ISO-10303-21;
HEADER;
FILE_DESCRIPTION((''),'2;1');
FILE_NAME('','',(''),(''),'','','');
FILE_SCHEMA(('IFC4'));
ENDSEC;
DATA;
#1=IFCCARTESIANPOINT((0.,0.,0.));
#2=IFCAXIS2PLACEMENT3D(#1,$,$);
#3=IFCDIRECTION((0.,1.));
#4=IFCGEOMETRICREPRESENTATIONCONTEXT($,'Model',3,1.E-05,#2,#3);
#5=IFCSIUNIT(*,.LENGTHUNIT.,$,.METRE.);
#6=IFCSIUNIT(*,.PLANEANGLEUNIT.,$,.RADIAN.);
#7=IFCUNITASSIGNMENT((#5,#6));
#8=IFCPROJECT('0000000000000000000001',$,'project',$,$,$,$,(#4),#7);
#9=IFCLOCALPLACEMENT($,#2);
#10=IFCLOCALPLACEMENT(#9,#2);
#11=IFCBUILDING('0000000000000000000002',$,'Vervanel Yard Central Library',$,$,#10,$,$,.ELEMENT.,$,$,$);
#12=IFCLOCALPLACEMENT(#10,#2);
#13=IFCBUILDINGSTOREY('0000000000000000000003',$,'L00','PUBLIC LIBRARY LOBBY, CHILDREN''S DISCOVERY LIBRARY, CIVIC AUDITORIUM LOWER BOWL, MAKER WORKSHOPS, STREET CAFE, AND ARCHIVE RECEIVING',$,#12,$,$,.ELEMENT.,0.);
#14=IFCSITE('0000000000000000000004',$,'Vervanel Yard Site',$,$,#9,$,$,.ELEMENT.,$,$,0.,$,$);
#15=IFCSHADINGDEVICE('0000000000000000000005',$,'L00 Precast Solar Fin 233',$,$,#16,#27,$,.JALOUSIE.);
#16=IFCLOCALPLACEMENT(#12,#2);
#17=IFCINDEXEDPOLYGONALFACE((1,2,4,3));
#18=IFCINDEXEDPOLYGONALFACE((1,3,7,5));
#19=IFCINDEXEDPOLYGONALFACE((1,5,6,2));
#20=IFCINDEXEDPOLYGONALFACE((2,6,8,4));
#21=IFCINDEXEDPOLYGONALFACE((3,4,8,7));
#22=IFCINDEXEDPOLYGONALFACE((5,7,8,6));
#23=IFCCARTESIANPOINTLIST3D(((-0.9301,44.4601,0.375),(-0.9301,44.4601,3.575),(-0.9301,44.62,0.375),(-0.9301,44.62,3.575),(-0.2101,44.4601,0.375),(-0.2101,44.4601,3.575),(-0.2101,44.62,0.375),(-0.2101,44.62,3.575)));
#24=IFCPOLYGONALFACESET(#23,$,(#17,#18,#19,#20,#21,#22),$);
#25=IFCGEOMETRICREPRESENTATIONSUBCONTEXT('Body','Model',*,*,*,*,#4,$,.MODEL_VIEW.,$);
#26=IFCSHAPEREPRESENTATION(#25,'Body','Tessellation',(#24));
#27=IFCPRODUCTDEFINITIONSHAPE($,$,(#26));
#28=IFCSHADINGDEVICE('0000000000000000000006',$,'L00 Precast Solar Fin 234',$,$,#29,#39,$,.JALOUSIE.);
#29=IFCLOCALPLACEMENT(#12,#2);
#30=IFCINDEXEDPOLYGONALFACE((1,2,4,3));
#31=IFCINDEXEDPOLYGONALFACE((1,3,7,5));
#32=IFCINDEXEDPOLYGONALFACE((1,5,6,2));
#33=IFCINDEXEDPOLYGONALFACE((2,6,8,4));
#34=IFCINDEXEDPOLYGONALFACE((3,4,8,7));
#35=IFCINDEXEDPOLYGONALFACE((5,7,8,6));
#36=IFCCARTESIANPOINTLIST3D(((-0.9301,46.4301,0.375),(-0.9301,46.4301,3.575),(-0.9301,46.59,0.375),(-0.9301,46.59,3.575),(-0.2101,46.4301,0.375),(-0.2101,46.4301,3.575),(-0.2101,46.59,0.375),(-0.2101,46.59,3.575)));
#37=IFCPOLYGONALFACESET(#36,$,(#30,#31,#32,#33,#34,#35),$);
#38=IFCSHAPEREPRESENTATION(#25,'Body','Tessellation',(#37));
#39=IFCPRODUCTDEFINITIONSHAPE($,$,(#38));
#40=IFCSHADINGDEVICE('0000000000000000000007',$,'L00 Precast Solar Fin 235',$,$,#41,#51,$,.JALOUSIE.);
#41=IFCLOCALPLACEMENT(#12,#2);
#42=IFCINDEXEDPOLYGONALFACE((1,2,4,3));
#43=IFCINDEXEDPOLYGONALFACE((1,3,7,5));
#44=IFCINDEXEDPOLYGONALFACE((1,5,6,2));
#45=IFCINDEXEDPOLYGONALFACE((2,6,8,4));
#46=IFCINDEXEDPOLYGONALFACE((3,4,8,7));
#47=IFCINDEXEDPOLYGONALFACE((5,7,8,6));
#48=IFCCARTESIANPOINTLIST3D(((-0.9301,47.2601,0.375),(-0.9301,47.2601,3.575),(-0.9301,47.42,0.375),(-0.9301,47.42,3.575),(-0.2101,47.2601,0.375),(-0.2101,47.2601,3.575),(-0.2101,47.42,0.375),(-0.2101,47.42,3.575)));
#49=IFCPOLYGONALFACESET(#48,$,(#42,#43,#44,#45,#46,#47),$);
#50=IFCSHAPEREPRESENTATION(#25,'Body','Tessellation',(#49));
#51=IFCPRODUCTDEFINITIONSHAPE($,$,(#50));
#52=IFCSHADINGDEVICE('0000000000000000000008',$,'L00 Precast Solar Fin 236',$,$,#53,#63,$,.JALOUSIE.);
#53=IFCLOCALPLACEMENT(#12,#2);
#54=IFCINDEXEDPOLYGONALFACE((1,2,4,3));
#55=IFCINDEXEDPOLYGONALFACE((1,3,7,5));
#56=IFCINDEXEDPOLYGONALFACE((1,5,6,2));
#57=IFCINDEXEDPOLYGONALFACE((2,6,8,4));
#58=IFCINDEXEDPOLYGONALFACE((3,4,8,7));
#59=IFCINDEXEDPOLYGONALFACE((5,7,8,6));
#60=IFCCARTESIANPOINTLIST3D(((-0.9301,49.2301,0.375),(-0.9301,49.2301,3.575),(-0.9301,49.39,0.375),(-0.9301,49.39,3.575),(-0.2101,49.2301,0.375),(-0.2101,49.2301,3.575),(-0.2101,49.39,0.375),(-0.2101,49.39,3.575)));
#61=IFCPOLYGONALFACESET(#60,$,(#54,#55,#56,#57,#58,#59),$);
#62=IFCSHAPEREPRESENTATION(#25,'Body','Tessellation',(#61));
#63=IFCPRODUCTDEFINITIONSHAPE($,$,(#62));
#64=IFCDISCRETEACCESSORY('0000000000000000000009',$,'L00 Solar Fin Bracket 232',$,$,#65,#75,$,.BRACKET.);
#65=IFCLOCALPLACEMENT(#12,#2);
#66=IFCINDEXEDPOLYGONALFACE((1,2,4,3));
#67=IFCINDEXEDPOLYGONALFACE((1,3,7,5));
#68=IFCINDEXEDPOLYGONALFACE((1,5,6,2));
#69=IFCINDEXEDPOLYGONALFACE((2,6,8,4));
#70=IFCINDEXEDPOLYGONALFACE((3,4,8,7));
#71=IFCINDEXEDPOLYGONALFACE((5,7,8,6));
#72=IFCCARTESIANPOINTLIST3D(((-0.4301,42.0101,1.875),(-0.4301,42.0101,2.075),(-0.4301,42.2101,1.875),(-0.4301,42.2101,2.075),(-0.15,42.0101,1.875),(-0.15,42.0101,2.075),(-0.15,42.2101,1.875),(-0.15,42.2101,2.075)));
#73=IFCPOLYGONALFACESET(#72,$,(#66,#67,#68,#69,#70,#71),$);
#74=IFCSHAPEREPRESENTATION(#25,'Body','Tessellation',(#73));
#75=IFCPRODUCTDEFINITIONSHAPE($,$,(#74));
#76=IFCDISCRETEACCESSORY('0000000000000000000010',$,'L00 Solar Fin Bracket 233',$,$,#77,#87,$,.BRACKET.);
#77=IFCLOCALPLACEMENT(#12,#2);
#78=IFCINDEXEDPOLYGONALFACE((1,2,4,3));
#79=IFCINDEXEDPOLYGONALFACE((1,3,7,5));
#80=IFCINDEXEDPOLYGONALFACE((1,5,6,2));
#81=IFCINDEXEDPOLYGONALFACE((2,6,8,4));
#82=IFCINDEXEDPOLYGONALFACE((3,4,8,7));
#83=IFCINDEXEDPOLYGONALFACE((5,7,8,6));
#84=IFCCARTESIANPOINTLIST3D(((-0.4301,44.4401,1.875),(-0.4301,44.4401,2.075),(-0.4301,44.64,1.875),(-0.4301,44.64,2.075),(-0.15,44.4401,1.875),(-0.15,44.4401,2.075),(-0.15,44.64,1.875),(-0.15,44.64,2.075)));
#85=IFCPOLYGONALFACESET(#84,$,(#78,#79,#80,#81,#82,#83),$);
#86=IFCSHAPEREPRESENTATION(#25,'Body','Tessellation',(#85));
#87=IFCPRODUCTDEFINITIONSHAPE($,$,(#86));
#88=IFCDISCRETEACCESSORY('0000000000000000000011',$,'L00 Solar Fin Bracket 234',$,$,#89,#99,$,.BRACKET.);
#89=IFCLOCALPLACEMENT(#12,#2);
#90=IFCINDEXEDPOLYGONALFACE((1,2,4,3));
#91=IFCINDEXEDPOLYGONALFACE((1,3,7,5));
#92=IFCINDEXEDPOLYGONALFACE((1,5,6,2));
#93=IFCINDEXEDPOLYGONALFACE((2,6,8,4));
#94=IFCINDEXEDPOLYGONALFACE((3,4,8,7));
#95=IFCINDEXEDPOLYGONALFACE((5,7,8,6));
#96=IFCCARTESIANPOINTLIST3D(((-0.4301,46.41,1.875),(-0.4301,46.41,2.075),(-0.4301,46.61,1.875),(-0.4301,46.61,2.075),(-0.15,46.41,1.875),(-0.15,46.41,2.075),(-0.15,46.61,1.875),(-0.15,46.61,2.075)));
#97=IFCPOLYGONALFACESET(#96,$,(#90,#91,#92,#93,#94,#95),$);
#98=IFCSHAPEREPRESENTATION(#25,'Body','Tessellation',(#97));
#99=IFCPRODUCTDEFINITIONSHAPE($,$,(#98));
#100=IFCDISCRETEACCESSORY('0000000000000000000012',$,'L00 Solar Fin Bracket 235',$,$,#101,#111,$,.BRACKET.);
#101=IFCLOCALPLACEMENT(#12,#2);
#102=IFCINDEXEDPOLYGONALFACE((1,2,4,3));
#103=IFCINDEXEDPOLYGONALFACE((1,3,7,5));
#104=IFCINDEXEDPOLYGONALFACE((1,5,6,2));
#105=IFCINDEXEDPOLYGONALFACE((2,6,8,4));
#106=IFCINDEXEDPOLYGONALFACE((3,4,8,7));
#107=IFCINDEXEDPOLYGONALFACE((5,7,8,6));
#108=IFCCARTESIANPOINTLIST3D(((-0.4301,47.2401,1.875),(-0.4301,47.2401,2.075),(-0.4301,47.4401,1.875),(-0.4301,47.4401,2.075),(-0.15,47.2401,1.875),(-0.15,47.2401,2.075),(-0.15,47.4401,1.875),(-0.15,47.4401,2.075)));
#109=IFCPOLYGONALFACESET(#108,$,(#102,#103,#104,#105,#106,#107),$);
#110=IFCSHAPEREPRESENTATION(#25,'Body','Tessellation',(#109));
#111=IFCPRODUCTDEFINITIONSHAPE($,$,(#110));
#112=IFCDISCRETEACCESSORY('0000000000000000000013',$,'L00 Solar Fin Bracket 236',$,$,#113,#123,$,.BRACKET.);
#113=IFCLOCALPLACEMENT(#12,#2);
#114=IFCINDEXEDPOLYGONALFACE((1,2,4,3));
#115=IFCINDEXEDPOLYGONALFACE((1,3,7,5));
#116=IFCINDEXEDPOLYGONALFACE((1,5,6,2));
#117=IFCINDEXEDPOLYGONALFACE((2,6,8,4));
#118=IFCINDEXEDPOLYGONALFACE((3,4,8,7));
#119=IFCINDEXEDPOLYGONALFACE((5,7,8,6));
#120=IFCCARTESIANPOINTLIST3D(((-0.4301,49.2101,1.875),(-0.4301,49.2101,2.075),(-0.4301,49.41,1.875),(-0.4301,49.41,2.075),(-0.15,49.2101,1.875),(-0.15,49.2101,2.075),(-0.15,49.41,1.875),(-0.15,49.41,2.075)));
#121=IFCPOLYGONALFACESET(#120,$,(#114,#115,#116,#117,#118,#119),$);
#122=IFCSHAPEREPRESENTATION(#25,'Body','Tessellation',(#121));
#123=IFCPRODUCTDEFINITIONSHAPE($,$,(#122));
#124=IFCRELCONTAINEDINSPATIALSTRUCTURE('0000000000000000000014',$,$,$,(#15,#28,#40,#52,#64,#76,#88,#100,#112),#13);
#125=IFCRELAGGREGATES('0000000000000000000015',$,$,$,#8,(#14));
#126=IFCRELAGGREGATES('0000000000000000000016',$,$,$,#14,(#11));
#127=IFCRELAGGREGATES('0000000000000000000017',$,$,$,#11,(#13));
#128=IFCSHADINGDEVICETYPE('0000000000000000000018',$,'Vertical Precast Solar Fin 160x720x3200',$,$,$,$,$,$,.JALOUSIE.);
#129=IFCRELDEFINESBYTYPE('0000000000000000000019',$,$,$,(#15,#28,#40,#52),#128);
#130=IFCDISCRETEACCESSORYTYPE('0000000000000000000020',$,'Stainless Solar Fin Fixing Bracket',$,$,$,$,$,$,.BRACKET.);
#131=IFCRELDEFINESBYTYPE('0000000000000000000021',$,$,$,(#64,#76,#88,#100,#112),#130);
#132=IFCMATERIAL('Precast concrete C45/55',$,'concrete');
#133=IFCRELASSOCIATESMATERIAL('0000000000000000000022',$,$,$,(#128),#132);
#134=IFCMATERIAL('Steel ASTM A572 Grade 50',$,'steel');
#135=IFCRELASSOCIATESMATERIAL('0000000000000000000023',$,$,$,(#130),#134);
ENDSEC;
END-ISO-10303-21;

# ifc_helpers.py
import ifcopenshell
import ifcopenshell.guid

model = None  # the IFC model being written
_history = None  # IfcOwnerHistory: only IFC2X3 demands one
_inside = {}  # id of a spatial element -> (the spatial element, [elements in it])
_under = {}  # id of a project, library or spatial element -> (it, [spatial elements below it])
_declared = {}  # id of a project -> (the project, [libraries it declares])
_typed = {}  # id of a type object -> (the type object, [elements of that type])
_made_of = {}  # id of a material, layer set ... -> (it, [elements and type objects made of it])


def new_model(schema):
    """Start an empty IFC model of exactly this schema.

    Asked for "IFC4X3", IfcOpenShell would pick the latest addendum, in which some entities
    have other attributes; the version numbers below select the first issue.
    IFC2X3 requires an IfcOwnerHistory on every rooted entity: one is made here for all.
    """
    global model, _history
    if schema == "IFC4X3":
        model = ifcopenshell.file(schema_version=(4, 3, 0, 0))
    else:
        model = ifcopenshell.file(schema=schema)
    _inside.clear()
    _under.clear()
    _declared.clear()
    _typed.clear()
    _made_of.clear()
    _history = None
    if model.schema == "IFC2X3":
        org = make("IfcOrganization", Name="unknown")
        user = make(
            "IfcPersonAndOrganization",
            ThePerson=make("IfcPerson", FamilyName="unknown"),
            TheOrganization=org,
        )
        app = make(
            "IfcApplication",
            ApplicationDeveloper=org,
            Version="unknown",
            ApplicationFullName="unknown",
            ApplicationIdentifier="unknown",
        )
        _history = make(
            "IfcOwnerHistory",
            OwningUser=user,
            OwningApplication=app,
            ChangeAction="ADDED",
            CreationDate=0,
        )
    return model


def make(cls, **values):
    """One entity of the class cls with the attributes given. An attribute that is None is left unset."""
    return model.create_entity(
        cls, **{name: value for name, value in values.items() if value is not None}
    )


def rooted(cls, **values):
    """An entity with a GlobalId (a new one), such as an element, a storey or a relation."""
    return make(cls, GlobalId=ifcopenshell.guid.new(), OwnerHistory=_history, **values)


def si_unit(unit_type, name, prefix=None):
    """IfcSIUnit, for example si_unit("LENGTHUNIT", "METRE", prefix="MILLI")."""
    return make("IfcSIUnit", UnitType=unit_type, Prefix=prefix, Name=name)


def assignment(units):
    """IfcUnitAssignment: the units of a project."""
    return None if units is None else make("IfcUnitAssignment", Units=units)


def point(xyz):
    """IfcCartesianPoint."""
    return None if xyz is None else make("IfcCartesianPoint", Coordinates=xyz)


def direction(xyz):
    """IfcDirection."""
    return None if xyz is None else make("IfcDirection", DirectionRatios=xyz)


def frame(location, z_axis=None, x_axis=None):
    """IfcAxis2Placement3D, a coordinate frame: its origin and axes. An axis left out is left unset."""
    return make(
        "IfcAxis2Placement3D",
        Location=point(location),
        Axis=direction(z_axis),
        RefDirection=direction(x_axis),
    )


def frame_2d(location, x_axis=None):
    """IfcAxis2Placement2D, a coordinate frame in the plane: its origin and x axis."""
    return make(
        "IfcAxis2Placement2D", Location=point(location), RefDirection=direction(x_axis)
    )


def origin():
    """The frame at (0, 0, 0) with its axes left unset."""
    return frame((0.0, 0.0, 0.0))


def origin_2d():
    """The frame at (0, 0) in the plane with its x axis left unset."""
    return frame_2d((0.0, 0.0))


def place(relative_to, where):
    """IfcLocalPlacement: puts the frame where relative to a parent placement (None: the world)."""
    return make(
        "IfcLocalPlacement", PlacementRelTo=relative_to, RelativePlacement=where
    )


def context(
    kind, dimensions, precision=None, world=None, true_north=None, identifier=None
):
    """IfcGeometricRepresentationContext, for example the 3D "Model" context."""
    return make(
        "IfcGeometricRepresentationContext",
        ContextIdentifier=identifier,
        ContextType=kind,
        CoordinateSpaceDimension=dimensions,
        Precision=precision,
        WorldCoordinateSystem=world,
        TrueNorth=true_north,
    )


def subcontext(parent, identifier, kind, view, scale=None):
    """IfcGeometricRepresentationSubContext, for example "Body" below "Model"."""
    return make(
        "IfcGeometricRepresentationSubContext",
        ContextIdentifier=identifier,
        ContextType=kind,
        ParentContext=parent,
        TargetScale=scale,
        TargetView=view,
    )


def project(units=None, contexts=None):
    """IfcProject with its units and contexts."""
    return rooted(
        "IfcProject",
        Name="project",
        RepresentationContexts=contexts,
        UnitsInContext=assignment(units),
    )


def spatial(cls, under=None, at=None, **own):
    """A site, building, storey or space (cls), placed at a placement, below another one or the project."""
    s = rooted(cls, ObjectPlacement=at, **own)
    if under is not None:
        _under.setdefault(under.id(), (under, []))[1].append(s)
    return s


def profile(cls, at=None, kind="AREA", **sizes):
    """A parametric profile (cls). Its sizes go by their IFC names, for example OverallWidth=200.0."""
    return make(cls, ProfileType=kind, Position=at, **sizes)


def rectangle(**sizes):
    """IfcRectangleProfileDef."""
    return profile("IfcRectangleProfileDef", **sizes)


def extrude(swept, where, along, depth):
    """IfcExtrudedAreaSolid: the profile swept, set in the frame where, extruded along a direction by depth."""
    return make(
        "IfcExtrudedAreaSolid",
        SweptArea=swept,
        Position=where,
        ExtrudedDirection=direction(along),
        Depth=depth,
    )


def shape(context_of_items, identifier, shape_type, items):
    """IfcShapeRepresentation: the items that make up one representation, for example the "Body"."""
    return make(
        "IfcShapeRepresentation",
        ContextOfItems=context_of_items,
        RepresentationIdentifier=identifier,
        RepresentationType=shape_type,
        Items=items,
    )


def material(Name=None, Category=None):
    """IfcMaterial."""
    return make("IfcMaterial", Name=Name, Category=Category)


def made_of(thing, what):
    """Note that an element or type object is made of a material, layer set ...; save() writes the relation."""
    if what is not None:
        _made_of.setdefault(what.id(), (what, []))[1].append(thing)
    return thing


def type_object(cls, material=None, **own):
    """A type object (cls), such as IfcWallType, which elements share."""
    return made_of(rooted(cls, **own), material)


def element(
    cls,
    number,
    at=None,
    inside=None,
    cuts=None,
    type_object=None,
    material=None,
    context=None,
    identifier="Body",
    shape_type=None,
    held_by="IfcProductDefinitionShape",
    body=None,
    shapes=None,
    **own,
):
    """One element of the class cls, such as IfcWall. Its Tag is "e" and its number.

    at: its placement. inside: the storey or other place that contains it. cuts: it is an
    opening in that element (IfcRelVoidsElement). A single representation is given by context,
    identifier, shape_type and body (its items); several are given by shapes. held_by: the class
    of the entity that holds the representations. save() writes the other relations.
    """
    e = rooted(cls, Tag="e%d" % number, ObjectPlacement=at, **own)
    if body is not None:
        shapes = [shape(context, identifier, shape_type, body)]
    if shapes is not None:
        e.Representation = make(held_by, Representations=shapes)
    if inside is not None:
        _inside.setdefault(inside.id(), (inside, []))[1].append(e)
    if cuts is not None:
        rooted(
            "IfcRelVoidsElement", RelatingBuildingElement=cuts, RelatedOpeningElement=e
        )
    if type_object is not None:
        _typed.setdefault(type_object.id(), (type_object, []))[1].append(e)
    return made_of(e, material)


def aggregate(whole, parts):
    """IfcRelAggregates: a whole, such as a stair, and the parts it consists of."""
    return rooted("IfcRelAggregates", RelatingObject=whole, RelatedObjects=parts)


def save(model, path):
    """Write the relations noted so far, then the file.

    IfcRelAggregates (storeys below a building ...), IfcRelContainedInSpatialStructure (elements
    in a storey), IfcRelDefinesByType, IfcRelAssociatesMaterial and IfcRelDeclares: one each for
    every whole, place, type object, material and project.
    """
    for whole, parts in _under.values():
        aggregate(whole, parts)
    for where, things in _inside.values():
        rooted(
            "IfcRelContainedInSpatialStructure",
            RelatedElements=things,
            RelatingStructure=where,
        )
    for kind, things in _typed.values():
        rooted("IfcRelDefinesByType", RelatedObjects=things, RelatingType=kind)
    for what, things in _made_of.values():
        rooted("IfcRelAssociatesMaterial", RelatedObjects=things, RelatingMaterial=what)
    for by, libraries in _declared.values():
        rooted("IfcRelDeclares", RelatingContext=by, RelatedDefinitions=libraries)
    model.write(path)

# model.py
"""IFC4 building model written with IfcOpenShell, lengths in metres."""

from ifc_helpers import new_model, si_unit, direction, frame, origin, origin_2d, place, context, subcontext, project, spatial, rectangle, extrude, material, type_object, element, save


model = new_model("IFC4")

# Units and contexts
model_context = context("Model", 3, precision=1e-05, world=origin(), true_north=direction((0.0, 1.0)))
body_context = subcontext(model_context, "Body", "Model", "MODEL_VIEW")
ifc_project = project(units=[si_unit("LENGTHUNIT", "METRE"), si_unit("PLANEANGLEUNIT", "RADIAN")], contexts=[model_context])

# Site, building, storey
site_placement = place(None, origin())
site = spatial("IfcSite", under=ifc_project, at=site_placement, Name="Vervanel Yard Site", CompositionType="ELEMENT", RefElevation=0.0)
building_placement = place(site_placement, origin())
building = spatial("IfcBuilding", under=site, at=building_placement, Name="Vervanel Yard Central Library", CompositionType="ELEMENT")
storey_placement = place(building_placement, origin())
storey = spatial("IfcBuildingStorey", under=building, at=storey_placement, Name="L00", Description="PUBLIC LIBRARY LOBBY, CHILDREN'S DISCOVERY LIBRARY, CIVIC AUDITORIUM LOWER BOWL, MAKER WORKSHOPS, STREET CAFE, AND ARCHIVE RECEIVING", CompositionType="ELEMENT", Elevation=0.0)

# Shared definitions
ifc_material_1 = material(Name="Precast concrete C45/55", Category="concrete")

# Shading devices
shading_device_type = type_object("IfcShadingDeviceType", Name="Vertical Precast Solar Fin 160x720x3200", PredefinedType="JALOUSIE", material=ifc_material_1)
for number, where, z_axis, x_axis, name in (
    (1, (-0.5701, 44.54, 0.375), (0.0, 0.0, 1.0), (0.0, 1.0, 0.0), "L00 Precast Solar Fin 233"),
    (2, (-0.5701, 46.51, 0.375), (0.0, 0.0, 1.0), (0.0, 1.0, 0.0), "L00 Precast Solar Fin 234"),
    (3, (-0.5701, 47.3401, 0.375), (0.0, 0.0, 1.0), (0.0, 1.0, 0.0), "L00 Precast Solar Fin 235"),
    (4, (-0.5701, 49.3101, 0.375), (0.0, 0.0, 1.0), (0.0, 1.0, 0.0), "L00 Precast Solar Fin 236"),
):
    element("IfcShadingDevice", number, at=place(storey_placement, frame(where, z_axis=z_axis, x_axis=x_axis)), inside=storey, type_object=shading_device_type, Name=name, PredefinedType="JALOUSIE", context=body_context, shape_type="SweptSolid", body=[
        extrude(rectangle(XDim=0.1599, YDim=0.72, at=origin_2d()), origin(), (0.0, 0.0, 1.0), 3.2),
    ])

# Discrete accessories
ifc_material_2 = material(Name="Steel ASTM A572 Grade 50", Category="steel")
discrete_accessory_type = type_object("IfcDiscreteAccessoryType", Name="Stainless Solar Fin Fixing Bracket", PredefinedType="BRACKET", material=ifc_material_2)
for number, where, z_axis, x_axis, name in (
    (5, (-0.29, 42.1101, 1.875), (0.0, 0.0, 1.0), (0.0, 1.0, 0.0), "L00 Solar Fin Bracket 232"),
    (6, (-0.29, 44.54, 1.875), (0.0, 0.0, 1.0), (0.0, 1.0, 0.0), "L00 Solar Fin Bracket 233"),
    (7, (-0.29, 46.51, 1.875), (0.0, 0.0, 1.0), (0.0, 1.0, 0.0), "L00 Solar Fin Bracket 234"),
    (8, (-0.29, 47.3401, 1.875), (0.0, 0.0, 1.0), (0.0, 1.0, 0.0), "L00 Solar Fin Bracket 235"),
    (9, (-0.29, 49.3101, 1.875), (0.0, 0.0, 1.0), (0.0, 1.0, 0.0), "L00 Solar Fin Bracket 236"),
):
    element("IfcDiscreteAccessory", number, at=place(storey_placement, frame(where, z_axis=z_axis, x_axis=x_axis)), inside=storey, type_object=discrete_accessory_type, Name=name, PredefinedType="BRACKET", context=body_context, shape_type="SweptSolid", body=[
        extrude(rectangle(XDim=0.2, YDim=0.28, at=origin_2d()), origin(), (0.0, 0.0, 1.0), 0.2),
    ])

save(model, "model.ifc")
